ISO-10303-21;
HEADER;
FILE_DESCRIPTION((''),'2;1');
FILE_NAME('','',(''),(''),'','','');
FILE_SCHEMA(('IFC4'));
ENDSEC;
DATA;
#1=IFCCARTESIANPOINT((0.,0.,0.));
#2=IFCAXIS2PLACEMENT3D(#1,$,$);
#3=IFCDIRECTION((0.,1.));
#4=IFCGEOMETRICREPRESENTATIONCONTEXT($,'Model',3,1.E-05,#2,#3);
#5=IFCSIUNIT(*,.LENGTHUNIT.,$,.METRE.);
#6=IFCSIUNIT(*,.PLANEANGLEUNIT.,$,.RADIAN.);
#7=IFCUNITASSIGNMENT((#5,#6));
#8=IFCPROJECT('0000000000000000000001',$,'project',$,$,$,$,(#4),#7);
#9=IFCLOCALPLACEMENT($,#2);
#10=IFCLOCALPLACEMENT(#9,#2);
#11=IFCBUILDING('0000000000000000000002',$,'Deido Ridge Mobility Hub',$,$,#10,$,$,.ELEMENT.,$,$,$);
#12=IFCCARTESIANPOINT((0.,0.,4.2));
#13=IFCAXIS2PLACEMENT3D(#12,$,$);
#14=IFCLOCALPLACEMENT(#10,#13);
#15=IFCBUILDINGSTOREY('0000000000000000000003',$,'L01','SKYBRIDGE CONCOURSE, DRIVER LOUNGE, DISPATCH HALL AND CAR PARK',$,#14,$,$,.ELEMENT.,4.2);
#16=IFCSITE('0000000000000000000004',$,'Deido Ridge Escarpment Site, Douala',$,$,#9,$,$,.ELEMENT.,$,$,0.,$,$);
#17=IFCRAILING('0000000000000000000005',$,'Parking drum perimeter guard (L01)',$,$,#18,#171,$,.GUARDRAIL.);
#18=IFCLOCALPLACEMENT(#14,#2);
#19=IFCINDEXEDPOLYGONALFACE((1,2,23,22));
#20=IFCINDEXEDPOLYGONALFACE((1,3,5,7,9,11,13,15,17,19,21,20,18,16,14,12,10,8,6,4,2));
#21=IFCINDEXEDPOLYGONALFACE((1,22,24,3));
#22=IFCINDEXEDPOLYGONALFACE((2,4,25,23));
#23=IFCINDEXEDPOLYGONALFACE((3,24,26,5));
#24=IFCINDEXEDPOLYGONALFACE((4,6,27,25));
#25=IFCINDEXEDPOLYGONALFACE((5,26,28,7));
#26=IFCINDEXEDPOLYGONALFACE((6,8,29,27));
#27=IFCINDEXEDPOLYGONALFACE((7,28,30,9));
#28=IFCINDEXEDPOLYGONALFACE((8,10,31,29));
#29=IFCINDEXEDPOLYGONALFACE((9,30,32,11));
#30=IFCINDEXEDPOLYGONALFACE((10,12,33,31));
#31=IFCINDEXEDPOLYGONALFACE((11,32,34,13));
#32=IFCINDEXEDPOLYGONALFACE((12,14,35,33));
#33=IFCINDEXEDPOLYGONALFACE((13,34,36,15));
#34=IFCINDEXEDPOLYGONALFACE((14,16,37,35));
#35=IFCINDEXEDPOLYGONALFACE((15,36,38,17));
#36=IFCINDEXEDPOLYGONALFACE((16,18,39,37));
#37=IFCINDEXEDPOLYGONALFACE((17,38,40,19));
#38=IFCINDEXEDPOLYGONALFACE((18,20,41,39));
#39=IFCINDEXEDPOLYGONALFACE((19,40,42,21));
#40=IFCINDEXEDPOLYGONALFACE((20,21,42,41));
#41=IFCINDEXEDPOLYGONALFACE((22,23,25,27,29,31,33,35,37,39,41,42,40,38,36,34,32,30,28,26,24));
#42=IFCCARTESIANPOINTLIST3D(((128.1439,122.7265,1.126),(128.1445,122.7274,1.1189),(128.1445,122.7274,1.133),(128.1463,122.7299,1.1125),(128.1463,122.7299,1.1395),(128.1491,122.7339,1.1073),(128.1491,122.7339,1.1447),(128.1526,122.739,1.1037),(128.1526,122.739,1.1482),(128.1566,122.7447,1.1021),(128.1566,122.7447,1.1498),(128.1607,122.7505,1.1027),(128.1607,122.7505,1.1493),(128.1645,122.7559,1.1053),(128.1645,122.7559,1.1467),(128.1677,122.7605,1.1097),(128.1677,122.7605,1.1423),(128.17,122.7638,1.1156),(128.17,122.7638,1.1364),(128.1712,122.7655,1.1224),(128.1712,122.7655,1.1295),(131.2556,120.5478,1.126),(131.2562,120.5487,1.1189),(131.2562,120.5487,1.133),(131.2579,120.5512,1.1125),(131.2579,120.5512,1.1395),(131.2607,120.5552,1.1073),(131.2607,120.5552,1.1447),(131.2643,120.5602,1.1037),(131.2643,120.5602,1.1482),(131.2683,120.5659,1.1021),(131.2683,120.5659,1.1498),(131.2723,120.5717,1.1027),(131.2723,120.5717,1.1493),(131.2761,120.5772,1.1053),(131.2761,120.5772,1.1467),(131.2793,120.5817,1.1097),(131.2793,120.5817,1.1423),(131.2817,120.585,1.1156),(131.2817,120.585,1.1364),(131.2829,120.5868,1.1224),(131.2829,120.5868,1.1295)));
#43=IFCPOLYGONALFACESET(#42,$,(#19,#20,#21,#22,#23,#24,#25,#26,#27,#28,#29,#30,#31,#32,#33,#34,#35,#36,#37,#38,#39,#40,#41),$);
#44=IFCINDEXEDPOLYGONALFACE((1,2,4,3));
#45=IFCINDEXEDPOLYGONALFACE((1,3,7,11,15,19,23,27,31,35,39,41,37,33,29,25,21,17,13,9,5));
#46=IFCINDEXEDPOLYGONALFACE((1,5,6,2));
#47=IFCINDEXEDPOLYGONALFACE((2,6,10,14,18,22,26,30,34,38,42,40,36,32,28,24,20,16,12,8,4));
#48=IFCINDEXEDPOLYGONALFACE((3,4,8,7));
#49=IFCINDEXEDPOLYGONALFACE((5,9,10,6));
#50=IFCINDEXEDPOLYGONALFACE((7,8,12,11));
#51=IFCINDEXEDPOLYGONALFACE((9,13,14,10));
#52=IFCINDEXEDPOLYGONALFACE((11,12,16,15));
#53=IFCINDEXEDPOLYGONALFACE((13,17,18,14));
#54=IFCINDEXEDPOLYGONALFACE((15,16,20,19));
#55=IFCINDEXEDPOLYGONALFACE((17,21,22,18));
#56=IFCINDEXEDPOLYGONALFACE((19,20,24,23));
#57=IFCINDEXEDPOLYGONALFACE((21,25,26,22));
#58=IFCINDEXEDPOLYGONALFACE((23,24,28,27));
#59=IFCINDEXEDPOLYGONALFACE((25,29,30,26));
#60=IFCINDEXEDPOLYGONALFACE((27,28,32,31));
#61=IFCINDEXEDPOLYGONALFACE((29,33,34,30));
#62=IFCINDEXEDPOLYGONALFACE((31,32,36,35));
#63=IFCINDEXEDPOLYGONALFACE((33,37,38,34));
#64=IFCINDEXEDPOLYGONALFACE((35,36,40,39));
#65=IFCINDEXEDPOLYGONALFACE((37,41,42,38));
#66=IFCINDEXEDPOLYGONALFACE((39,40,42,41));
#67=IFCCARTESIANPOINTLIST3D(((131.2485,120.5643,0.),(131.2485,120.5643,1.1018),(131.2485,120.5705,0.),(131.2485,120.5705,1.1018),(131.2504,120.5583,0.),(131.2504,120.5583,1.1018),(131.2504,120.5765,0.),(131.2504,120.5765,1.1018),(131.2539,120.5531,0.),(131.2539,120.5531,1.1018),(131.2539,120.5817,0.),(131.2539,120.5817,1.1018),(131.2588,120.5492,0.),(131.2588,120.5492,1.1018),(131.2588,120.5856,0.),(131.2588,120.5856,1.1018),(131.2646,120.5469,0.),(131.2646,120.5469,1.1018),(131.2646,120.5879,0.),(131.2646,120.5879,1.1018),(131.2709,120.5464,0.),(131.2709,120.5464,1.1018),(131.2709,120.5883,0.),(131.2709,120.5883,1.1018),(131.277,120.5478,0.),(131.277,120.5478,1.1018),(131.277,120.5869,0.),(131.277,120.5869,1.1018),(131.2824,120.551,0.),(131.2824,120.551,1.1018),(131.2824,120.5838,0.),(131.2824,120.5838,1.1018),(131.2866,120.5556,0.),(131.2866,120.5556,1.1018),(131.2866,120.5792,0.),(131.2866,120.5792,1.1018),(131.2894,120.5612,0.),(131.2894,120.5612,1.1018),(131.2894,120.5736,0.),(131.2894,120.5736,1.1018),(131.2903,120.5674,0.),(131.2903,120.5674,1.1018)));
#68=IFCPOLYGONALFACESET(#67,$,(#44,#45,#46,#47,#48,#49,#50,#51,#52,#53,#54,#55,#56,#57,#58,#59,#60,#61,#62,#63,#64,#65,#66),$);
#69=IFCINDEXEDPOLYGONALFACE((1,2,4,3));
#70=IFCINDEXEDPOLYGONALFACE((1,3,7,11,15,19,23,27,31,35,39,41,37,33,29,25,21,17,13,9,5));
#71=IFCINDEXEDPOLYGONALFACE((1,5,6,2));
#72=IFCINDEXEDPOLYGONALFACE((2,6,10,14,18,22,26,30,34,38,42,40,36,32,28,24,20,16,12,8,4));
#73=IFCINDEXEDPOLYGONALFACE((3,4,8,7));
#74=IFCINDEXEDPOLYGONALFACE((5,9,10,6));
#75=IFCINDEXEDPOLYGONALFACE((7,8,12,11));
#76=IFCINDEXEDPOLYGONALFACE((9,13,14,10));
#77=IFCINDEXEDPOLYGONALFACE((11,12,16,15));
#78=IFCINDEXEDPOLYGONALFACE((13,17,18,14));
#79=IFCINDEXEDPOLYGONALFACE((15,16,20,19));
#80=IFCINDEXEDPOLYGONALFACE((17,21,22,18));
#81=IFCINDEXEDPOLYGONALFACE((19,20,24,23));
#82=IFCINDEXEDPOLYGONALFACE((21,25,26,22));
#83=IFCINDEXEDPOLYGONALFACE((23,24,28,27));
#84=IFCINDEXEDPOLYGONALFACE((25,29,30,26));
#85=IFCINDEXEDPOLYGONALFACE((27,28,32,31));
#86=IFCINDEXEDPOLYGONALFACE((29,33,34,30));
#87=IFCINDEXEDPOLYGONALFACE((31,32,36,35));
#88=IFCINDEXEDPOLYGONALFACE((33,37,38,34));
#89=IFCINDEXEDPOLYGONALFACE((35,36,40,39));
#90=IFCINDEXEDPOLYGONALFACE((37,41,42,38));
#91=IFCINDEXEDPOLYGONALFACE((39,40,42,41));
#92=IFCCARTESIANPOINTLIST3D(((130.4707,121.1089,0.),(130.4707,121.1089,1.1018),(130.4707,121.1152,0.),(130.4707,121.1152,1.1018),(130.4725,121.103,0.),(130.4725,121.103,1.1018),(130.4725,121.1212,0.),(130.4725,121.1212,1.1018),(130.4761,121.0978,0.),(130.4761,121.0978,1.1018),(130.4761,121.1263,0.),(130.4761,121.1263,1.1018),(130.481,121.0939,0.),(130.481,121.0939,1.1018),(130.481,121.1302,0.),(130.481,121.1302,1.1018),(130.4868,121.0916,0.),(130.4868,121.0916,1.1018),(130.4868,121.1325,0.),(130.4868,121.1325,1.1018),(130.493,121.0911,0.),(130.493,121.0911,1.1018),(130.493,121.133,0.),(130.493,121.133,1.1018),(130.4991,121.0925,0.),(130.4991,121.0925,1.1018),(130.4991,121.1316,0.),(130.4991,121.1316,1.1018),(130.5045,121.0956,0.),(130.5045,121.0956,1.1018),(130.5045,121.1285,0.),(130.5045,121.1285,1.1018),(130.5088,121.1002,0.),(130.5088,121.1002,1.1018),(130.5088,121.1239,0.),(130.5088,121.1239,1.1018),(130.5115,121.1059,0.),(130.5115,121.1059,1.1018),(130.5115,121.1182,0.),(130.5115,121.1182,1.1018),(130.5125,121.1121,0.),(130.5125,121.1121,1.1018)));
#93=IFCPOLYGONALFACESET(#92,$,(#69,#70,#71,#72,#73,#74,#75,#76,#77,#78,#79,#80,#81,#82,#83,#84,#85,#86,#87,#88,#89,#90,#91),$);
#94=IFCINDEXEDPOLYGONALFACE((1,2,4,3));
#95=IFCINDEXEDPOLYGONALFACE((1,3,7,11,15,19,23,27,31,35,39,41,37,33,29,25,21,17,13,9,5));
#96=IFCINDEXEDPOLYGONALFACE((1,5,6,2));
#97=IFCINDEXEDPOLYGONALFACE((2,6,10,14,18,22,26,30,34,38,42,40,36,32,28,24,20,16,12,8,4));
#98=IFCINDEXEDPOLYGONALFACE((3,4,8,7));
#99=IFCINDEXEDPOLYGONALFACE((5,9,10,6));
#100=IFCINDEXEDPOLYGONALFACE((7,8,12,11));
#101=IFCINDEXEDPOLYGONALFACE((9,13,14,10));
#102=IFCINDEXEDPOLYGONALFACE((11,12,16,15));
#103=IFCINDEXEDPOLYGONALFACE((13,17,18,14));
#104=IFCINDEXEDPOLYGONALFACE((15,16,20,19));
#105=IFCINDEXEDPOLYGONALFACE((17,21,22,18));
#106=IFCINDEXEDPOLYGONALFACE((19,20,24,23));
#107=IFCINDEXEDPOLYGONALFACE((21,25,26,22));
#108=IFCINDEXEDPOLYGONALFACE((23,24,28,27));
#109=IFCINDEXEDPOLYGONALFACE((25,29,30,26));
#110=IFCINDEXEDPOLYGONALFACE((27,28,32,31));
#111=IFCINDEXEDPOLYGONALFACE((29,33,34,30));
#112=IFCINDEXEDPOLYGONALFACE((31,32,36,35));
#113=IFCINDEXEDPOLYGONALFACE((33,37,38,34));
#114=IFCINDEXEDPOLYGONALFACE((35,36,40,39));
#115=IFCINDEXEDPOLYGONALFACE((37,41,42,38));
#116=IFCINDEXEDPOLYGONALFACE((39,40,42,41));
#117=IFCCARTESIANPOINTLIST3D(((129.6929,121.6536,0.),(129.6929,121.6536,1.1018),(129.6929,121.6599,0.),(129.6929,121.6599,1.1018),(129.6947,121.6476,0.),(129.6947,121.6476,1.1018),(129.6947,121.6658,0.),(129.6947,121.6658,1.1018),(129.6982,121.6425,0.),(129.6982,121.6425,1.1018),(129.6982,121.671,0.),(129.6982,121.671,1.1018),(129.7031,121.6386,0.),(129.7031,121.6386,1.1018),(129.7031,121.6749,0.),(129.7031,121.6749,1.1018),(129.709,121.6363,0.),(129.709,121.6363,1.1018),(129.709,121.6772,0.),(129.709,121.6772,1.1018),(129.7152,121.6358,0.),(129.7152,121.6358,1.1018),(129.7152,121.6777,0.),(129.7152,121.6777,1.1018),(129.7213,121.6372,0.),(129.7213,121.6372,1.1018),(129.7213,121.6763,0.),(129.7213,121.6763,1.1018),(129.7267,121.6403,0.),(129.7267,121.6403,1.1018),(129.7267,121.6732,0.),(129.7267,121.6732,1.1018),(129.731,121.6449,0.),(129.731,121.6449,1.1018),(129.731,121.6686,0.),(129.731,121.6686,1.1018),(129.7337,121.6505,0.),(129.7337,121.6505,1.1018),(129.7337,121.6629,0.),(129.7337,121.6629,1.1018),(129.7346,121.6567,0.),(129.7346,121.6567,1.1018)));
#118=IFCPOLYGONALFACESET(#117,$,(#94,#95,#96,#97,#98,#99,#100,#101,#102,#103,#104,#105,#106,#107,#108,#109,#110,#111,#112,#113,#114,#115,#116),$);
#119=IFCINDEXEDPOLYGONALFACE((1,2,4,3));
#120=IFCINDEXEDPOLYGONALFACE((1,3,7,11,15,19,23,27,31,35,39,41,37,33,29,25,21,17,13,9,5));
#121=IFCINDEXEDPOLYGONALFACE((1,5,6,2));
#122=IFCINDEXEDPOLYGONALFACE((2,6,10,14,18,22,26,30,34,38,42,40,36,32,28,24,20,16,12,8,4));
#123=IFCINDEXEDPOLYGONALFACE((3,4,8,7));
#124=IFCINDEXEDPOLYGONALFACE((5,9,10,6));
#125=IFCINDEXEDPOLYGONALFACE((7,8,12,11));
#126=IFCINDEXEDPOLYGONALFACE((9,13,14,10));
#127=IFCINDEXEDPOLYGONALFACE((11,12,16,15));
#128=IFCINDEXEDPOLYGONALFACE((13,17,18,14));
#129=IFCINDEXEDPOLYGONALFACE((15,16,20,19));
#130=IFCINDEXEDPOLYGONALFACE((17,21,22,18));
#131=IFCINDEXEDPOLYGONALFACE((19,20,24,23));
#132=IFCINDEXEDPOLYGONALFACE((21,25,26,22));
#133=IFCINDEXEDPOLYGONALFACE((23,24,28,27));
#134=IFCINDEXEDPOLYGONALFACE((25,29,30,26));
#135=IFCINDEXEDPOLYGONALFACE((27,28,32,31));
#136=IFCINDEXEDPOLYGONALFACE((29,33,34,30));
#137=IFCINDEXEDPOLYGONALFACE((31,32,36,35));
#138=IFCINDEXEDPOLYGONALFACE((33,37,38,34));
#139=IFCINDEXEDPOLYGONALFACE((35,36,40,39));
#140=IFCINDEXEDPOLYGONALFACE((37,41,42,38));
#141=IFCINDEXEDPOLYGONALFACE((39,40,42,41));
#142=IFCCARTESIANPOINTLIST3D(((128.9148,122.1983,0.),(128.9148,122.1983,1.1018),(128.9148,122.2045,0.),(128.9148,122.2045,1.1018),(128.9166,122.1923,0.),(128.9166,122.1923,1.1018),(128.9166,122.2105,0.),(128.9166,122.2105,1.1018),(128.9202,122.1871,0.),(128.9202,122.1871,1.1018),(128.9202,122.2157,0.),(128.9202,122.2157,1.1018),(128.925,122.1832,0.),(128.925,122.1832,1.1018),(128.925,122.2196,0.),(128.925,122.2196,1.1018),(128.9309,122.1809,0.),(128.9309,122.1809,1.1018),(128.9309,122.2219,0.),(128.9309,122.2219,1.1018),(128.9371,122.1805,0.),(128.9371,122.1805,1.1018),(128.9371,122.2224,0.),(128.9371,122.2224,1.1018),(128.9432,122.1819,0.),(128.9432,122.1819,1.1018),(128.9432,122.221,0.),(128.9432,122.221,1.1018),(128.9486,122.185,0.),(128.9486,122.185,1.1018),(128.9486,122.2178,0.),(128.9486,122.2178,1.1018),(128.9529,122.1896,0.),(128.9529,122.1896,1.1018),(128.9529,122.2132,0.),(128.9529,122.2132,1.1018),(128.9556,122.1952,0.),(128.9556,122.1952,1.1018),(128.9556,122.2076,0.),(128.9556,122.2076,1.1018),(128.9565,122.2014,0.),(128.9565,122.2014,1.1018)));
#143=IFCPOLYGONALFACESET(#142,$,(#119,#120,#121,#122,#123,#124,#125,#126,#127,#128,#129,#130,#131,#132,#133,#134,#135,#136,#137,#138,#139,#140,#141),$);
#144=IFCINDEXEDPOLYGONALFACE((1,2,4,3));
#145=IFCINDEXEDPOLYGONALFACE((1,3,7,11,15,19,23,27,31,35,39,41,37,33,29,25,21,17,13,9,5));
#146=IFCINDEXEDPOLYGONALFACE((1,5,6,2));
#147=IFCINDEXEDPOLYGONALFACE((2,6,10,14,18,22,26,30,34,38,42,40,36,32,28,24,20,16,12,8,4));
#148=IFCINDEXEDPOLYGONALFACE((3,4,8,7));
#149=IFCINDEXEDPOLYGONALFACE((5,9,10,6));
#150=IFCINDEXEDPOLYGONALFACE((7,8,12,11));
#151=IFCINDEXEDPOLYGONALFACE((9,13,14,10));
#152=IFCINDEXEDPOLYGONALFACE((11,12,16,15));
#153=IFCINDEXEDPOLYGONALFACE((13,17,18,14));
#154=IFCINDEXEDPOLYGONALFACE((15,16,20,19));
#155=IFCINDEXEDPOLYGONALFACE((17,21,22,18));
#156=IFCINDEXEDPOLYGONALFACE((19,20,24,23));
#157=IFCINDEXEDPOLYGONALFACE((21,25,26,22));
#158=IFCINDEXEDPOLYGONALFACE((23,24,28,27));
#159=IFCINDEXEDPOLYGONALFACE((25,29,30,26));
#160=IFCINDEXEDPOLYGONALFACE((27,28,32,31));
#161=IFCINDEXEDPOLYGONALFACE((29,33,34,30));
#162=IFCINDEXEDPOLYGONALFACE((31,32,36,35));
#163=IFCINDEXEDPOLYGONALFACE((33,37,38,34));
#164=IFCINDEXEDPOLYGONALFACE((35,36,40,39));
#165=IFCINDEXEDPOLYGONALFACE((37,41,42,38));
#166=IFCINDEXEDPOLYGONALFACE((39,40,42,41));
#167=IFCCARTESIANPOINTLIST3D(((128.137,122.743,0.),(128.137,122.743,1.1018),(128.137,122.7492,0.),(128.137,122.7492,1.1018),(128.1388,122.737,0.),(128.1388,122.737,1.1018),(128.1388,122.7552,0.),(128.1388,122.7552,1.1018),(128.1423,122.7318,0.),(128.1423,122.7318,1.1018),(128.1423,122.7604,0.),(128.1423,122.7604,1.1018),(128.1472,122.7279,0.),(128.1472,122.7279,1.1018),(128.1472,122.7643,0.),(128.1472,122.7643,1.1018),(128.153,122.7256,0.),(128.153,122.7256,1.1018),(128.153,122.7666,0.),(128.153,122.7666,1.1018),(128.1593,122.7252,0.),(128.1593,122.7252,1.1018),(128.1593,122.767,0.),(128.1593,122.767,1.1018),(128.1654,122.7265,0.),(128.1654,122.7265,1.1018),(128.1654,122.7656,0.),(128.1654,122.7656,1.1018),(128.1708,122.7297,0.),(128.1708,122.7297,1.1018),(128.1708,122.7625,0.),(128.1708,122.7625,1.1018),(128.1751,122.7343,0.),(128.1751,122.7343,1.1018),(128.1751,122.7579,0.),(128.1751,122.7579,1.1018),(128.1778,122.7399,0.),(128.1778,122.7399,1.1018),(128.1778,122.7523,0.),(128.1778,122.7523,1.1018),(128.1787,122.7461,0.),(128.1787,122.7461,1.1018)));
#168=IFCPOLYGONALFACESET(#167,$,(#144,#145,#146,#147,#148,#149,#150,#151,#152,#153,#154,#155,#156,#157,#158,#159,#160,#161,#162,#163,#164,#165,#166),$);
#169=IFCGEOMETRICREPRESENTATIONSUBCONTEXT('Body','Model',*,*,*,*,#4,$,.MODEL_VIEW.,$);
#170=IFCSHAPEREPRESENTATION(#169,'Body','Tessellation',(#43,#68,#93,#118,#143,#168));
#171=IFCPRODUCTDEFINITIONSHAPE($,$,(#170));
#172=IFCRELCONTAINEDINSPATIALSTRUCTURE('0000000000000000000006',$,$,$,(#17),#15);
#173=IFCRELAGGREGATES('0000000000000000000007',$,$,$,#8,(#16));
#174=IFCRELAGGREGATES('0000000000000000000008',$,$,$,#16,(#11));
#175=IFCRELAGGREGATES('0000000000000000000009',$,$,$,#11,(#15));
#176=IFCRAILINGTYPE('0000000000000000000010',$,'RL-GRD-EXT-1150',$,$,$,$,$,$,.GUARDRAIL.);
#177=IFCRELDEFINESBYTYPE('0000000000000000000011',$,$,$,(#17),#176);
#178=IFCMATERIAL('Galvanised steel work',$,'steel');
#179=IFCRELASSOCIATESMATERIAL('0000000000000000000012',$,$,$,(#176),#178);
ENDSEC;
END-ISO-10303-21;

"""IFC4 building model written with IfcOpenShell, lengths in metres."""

from ifc_helpers import new_model, si_unit, direction, frame, origin, origin_2d, place, context, subcontext, project, spatial, circle, extrude, material, type_object, element, save


model = new_model("IFC4")

# Units and contexts
model_context = context("Model", 3, precision=1e-05, world=origin(), true_north=direction((0.0, 1.0)))
body_context = subcontext(model_context, "Body", "Model", "MODEL_VIEW")
ifc_project = project(units=[si_unit("LENGTHUNIT", "METRE"), si_unit("PLANEANGLEUNIT", "RADIAN")], contexts=[model_context])

# Site, building, storey
site_placement = place(None, origin())
site = spatial("IfcSite", under=ifc_project, at=site_placement, Name="Deido Ridge Escarpment Site, Douala", CompositionType="ELEMENT", RefElevation=0.0)
building_placement = place(site_placement, origin())
building = spatial("IfcBuilding", under=site, at=building_placement, Name="Deido Ridge Mobility Hub", CompositionType="ELEMENT")
storey_placement = place(building_placement, frame((0.0, 0.0, 4.2)))
storey = spatial("IfcBuildingStorey", under=building, at=storey_placement, Name="L01", Description="SKYBRIDGE CONCOURSE, DRIVER LOUNGE, DISPATCH HALL AND CAR PARK", CompositionType="ELEMENT", Elevation=4.2)

# Railing
ifc_material_1 = material(Name="Galvanised steel work", Category="steel")
railing_type = type_object("IfcRailingType", Name="RL-GRD-EXT-1150", PredefinedType="GUARDRAIL", material=ifc_material_1)
railing_1_placement = place(storey_placement, frame((131.2693, 120.5674, 0.0)))
element("IfcRailing", 1, at=railing_1_placement, inside=storey, type_object=railing_type, Name="Parking drum perimeter guard (L01)", PredefinedType="GUARDRAIL", context=body_context, shape_type="SweptSolid", body=[
    extrude(circle(Radius=0.0239, at=origin_2d()), frame((0.0, 0.0, 1.126), z_axis=(-0.819156, 0.57357, 0.0), x_axis=(-0.57357, -0.819156, 0.0)), (0.0, 0.0, 1.0), 3.7986),
    extrude(circle(Radius=0.021, at=origin_2d()), origin(), (0.0, 0.0, 1.0), 1.1018),
    extrude(circle(Radius=0.021, at=origin_2d()), frame((-0.7778, 0.5447, 0.0)), (0.0, 0.0, 1.0), 1.1018),
    extrude(circle(Radius=0.021, at=origin_2d()), frame((-1.5557, 1.0894, 0.0)), (0.0, 0.0, 1.0), 1.1018),
    extrude(circle(Radius=0.021, at=origin_2d()), frame((-2.3337, 1.634, 0.0)), (0.0, 0.0, 1.0), 1.1018),
    extrude(circle(Radius=0.021, at=origin_2d()), frame((-3.1116, 2.1787, 0.0)), (0.0, 0.0, 1.0), 1.1018),
])

save(model, "model.ifc")
